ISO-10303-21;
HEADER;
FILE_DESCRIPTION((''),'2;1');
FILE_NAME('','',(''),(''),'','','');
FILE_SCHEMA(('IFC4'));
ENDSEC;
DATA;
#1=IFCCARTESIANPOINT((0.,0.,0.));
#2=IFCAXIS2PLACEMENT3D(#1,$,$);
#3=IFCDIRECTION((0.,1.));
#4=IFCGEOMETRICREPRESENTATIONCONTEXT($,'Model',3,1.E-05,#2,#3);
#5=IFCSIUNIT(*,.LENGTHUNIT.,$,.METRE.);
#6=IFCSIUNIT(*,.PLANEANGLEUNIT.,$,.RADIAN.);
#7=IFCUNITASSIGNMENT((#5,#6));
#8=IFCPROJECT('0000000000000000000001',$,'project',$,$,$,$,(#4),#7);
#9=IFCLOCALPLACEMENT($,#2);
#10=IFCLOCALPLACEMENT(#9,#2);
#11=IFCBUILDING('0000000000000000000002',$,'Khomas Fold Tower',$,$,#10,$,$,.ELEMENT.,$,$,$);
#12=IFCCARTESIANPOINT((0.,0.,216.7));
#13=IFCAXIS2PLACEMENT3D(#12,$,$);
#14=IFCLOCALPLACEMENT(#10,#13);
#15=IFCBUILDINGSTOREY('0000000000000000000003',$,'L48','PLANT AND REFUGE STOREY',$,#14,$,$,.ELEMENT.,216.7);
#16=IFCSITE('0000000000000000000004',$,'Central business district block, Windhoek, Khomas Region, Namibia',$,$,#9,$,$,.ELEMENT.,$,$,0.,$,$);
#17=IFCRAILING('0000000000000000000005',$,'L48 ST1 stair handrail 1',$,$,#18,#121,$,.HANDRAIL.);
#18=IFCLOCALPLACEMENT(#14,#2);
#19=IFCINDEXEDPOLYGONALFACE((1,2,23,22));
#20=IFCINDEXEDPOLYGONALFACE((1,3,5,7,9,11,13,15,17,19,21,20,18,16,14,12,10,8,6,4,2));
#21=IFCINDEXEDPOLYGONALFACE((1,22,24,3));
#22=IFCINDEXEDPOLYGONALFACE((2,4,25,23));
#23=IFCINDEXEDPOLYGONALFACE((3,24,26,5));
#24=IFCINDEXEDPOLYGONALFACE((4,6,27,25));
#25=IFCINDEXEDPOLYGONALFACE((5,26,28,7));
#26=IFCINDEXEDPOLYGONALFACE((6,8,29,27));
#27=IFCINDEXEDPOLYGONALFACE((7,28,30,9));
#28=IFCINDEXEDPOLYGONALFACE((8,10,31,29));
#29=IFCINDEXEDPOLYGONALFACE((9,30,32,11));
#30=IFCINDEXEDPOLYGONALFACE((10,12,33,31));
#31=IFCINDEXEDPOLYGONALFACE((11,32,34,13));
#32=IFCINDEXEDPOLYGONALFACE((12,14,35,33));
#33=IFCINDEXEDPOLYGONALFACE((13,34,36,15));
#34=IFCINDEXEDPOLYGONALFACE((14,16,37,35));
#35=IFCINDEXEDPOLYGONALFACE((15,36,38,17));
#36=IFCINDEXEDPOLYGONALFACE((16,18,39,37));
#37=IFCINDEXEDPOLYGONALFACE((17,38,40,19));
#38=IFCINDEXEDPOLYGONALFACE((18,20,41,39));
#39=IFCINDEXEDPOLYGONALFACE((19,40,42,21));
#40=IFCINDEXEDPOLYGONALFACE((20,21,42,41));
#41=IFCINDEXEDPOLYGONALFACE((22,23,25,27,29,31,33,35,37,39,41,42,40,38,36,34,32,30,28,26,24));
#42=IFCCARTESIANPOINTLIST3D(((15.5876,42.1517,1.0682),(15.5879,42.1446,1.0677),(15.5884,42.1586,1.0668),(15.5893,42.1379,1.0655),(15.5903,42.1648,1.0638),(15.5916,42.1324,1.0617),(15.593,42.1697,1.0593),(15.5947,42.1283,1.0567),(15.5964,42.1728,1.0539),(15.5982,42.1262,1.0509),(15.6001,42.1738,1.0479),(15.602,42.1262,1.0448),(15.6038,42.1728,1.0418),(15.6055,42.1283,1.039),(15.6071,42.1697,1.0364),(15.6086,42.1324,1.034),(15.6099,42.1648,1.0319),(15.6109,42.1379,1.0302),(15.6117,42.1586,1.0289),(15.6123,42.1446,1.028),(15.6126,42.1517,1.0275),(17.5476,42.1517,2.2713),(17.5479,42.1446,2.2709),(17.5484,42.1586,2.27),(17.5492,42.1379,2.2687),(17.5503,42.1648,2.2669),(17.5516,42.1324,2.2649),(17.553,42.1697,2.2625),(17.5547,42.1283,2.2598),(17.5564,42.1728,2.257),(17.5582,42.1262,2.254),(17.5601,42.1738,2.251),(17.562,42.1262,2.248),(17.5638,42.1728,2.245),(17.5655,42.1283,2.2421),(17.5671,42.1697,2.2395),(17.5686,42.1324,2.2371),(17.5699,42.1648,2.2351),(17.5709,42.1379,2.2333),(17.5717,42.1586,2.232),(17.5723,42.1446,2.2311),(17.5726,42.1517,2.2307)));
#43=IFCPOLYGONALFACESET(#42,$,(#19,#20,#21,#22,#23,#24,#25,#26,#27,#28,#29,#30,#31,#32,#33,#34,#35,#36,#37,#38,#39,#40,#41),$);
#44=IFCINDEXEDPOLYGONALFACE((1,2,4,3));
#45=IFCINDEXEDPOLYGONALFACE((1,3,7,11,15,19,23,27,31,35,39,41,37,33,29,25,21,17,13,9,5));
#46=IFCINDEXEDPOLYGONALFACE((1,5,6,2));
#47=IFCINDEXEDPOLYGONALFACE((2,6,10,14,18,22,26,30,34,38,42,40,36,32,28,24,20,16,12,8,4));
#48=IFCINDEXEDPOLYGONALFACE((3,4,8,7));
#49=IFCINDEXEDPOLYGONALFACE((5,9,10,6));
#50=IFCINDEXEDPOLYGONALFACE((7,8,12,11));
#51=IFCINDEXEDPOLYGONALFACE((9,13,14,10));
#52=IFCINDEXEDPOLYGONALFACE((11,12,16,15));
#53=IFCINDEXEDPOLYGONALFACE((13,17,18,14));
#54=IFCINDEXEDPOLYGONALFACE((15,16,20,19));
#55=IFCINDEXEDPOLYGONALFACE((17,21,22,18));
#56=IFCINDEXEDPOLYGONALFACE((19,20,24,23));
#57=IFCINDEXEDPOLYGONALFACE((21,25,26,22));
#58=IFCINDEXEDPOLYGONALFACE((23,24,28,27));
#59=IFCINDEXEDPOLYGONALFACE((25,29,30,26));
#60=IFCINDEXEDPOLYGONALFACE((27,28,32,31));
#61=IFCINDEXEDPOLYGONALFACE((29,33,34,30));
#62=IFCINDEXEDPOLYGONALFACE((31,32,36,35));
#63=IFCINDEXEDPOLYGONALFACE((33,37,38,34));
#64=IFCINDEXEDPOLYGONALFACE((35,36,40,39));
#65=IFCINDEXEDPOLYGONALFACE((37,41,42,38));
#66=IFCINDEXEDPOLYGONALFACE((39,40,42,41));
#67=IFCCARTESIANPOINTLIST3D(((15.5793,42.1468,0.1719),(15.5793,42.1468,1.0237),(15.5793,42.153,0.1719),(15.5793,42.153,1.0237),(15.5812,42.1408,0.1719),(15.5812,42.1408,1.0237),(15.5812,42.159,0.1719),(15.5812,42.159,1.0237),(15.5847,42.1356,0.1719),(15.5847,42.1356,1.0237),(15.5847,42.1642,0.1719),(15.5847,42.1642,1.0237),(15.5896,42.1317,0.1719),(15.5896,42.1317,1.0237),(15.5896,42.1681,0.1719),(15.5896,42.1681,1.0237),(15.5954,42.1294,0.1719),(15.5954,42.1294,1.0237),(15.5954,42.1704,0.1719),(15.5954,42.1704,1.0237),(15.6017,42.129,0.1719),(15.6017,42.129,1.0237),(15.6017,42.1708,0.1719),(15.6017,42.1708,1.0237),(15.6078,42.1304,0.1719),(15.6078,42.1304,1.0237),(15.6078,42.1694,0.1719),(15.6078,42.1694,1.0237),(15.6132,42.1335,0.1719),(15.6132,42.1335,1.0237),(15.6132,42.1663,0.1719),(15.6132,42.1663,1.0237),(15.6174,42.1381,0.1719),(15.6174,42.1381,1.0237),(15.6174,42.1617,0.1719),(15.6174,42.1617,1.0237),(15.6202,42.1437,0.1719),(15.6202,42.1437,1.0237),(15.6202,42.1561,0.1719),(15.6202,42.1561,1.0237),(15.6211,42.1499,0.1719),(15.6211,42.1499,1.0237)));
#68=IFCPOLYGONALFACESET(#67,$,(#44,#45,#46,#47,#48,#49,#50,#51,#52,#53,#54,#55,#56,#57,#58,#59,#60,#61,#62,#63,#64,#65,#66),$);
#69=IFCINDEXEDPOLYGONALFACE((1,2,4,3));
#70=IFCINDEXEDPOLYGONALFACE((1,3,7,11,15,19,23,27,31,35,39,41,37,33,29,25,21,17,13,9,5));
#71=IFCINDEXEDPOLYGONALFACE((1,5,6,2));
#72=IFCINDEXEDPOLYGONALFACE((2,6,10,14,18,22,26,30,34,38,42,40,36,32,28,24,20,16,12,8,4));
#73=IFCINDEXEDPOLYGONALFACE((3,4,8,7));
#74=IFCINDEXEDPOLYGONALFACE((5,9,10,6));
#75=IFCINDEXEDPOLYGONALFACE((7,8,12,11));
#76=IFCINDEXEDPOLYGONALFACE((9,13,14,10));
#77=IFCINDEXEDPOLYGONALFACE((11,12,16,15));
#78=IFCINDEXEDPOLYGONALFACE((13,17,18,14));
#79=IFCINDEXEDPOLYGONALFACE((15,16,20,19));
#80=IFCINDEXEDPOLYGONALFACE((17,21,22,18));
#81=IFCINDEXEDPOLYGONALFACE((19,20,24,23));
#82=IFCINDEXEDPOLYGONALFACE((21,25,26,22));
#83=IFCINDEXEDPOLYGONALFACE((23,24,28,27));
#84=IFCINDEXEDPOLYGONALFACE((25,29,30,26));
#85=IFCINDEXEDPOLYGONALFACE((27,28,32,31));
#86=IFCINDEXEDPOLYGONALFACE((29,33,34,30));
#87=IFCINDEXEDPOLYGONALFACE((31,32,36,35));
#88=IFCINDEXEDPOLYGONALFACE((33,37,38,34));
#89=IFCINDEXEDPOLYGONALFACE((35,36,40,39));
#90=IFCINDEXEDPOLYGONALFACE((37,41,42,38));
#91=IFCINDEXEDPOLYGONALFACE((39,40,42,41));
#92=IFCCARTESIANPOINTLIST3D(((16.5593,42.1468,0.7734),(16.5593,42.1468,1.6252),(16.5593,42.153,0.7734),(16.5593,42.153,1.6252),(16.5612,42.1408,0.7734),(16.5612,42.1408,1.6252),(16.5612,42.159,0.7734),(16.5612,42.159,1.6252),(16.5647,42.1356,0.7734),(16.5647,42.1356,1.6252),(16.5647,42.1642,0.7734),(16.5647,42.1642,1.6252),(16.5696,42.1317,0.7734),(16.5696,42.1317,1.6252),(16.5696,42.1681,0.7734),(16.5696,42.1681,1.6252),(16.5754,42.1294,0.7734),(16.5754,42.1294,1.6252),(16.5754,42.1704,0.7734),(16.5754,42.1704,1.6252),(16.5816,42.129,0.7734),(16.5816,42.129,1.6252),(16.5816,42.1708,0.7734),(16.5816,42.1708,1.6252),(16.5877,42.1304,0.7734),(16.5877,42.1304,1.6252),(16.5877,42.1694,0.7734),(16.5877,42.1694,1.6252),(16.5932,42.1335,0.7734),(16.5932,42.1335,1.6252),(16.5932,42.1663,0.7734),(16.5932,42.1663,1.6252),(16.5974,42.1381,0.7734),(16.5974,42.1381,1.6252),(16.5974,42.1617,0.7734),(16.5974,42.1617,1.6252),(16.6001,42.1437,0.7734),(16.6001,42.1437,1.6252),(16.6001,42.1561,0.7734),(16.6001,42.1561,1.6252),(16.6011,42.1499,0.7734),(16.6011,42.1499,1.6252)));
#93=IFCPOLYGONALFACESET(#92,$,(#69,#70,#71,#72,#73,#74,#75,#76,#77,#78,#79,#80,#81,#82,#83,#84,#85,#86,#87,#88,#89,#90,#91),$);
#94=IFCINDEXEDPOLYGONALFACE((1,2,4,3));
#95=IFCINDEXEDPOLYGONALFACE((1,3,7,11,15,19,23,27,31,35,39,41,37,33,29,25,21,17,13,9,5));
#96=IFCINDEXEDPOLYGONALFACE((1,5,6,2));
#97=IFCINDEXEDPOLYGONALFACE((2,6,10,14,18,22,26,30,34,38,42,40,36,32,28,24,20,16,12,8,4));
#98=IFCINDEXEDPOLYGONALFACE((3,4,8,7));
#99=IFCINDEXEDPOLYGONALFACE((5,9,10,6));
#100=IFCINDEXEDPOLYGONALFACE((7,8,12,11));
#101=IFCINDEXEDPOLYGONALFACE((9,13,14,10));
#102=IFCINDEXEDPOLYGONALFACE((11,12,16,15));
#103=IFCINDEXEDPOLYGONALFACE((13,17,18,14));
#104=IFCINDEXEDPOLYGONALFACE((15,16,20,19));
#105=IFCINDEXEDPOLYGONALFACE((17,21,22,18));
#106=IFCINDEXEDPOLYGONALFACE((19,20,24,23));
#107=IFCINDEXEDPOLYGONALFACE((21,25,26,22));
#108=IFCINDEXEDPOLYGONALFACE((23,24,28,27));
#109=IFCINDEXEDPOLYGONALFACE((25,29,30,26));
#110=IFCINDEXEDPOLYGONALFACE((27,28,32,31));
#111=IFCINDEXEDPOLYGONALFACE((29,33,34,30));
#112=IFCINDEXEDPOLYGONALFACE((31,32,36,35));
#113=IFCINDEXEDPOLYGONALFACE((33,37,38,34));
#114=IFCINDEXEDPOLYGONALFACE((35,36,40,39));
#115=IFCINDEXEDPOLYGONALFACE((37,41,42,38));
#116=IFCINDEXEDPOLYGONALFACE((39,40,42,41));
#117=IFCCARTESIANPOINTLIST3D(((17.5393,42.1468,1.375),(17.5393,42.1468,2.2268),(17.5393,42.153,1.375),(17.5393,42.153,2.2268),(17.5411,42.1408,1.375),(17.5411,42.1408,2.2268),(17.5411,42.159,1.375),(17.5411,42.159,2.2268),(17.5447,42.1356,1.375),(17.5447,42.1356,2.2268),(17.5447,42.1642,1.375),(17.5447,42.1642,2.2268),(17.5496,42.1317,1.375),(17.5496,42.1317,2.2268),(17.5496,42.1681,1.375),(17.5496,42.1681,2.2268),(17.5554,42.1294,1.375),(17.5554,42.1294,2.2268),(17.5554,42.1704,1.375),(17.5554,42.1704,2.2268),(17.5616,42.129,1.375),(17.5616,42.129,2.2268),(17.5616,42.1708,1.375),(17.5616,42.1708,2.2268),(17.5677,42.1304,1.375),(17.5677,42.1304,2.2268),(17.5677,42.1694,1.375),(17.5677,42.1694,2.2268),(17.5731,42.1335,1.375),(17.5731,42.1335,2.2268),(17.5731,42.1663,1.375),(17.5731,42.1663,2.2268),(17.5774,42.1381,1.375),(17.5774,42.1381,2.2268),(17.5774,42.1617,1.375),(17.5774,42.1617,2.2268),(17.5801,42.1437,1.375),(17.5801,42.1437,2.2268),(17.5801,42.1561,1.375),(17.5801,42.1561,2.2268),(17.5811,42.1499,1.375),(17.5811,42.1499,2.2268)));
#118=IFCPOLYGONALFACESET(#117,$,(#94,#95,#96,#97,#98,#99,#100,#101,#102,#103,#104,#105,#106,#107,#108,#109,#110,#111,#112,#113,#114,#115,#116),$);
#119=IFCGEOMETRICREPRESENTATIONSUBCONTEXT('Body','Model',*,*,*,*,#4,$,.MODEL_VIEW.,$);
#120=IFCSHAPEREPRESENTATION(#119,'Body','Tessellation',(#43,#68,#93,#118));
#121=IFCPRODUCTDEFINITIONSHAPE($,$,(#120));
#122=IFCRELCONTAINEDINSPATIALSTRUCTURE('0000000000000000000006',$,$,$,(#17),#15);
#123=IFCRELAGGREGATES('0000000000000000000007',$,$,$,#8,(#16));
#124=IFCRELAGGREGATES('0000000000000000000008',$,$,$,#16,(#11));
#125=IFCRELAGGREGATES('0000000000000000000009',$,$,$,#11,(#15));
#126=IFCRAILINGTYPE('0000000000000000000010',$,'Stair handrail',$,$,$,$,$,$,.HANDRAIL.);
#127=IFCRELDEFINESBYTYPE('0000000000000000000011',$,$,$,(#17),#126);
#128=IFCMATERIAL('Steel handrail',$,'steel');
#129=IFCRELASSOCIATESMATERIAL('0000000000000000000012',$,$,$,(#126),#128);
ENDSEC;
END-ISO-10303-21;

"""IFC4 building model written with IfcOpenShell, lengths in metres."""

from ifc_helpers import new_model, si_unit, direction, frame, origin, origin_2d, place, context, subcontext, project, spatial, circle, extrude, source, transform, mapped, material, type_object, element, save


model = new_model("IFC4")

# Units and contexts
model_context = context("Model", 3, precision=1e-05, world=origin(), true_north=direction((0.0, 1.0)))
body_context = subcontext(model_context, "Body", "Model", "MODEL_VIEW")
ifc_project = project(units=[si_unit("LENGTHUNIT", "METRE"), si_unit("PLANEANGLEUNIT", "RADIAN")], contexts=[model_context])

# Site, building, storey
site_placement = place(None, origin())
site = spatial("IfcSite", under=ifc_project, at=site_placement, Name="Central business district block, Windhoek, Khomas Region, Namibia", CompositionType="ELEMENT", RefElevation=0.0)
building_placement = place(site_placement, origin())
building = spatial("IfcBuilding", under=site, at=building_placement, Name="Khomas Fold Tower", CompositionType="ELEMENT")
storey_placement = place(building_placement, frame((0.0, 0.0, 216.7)))
storey = spatial("IfcBuildingStorey", under=building, at=storey_placement, Name="L48", Description="PLANT AND REFUGE STOREY", CompositionType="ELEMENT", Elevation=216.7)

# Railing
ifc_material_1 = material(Name="Steel handrail", Category="steel")
railing_type_1 = type_object("IfcRailingType", Name="Stair handrail", PredefinedType="HANDRAIL", material=ifc_material_1)
shared_shape_1 = source(origin(), body_context, "Body", "SweptSolid", [
    extrude(circle(Radius=0.0239, at=origin_2d()), frame((0.0, 0.0, 0.876), z_axis=(0.852241, 0.0, 0.523149), x_axis=(0.0, 1.0, 0.0)), (0.0, 0.0, 1.0), 2.2998),
    extrude(circle(Radius=0.021, at=origin_2d()), origin(), (0.0, 0.0, 1.0), 0.8518),
    extrude(circle(Radius=0.021, at=origin_2d()), frame((0.98, 0.0, 0.6016)), (0.0, 0.0, 1.0), 0.8518),
    extrude(circle(Radius=0.021, at=origin_2d()), frame((1.96, 0.0, 1.2031)), (0.0, 0.0, 1.0), 0.8518),
])
for number, where, name in (
    (1, (15.6001, 42.1499, 0.1719), "L48 ST1 stair handrail 1"),
):
    element("IfcRailing", number, at=place(storey_placement, frame(where)), inside=storey, type_object=railing_type_1, Name=name, PredefinedType="HANDRAIL", context=body_context, shape_type="MappedRepresentation", body=[
        mapped(shared_shape_1, transform((0.0, 0.0, 0.0))),
    ])

save(model, "model.ifc")
